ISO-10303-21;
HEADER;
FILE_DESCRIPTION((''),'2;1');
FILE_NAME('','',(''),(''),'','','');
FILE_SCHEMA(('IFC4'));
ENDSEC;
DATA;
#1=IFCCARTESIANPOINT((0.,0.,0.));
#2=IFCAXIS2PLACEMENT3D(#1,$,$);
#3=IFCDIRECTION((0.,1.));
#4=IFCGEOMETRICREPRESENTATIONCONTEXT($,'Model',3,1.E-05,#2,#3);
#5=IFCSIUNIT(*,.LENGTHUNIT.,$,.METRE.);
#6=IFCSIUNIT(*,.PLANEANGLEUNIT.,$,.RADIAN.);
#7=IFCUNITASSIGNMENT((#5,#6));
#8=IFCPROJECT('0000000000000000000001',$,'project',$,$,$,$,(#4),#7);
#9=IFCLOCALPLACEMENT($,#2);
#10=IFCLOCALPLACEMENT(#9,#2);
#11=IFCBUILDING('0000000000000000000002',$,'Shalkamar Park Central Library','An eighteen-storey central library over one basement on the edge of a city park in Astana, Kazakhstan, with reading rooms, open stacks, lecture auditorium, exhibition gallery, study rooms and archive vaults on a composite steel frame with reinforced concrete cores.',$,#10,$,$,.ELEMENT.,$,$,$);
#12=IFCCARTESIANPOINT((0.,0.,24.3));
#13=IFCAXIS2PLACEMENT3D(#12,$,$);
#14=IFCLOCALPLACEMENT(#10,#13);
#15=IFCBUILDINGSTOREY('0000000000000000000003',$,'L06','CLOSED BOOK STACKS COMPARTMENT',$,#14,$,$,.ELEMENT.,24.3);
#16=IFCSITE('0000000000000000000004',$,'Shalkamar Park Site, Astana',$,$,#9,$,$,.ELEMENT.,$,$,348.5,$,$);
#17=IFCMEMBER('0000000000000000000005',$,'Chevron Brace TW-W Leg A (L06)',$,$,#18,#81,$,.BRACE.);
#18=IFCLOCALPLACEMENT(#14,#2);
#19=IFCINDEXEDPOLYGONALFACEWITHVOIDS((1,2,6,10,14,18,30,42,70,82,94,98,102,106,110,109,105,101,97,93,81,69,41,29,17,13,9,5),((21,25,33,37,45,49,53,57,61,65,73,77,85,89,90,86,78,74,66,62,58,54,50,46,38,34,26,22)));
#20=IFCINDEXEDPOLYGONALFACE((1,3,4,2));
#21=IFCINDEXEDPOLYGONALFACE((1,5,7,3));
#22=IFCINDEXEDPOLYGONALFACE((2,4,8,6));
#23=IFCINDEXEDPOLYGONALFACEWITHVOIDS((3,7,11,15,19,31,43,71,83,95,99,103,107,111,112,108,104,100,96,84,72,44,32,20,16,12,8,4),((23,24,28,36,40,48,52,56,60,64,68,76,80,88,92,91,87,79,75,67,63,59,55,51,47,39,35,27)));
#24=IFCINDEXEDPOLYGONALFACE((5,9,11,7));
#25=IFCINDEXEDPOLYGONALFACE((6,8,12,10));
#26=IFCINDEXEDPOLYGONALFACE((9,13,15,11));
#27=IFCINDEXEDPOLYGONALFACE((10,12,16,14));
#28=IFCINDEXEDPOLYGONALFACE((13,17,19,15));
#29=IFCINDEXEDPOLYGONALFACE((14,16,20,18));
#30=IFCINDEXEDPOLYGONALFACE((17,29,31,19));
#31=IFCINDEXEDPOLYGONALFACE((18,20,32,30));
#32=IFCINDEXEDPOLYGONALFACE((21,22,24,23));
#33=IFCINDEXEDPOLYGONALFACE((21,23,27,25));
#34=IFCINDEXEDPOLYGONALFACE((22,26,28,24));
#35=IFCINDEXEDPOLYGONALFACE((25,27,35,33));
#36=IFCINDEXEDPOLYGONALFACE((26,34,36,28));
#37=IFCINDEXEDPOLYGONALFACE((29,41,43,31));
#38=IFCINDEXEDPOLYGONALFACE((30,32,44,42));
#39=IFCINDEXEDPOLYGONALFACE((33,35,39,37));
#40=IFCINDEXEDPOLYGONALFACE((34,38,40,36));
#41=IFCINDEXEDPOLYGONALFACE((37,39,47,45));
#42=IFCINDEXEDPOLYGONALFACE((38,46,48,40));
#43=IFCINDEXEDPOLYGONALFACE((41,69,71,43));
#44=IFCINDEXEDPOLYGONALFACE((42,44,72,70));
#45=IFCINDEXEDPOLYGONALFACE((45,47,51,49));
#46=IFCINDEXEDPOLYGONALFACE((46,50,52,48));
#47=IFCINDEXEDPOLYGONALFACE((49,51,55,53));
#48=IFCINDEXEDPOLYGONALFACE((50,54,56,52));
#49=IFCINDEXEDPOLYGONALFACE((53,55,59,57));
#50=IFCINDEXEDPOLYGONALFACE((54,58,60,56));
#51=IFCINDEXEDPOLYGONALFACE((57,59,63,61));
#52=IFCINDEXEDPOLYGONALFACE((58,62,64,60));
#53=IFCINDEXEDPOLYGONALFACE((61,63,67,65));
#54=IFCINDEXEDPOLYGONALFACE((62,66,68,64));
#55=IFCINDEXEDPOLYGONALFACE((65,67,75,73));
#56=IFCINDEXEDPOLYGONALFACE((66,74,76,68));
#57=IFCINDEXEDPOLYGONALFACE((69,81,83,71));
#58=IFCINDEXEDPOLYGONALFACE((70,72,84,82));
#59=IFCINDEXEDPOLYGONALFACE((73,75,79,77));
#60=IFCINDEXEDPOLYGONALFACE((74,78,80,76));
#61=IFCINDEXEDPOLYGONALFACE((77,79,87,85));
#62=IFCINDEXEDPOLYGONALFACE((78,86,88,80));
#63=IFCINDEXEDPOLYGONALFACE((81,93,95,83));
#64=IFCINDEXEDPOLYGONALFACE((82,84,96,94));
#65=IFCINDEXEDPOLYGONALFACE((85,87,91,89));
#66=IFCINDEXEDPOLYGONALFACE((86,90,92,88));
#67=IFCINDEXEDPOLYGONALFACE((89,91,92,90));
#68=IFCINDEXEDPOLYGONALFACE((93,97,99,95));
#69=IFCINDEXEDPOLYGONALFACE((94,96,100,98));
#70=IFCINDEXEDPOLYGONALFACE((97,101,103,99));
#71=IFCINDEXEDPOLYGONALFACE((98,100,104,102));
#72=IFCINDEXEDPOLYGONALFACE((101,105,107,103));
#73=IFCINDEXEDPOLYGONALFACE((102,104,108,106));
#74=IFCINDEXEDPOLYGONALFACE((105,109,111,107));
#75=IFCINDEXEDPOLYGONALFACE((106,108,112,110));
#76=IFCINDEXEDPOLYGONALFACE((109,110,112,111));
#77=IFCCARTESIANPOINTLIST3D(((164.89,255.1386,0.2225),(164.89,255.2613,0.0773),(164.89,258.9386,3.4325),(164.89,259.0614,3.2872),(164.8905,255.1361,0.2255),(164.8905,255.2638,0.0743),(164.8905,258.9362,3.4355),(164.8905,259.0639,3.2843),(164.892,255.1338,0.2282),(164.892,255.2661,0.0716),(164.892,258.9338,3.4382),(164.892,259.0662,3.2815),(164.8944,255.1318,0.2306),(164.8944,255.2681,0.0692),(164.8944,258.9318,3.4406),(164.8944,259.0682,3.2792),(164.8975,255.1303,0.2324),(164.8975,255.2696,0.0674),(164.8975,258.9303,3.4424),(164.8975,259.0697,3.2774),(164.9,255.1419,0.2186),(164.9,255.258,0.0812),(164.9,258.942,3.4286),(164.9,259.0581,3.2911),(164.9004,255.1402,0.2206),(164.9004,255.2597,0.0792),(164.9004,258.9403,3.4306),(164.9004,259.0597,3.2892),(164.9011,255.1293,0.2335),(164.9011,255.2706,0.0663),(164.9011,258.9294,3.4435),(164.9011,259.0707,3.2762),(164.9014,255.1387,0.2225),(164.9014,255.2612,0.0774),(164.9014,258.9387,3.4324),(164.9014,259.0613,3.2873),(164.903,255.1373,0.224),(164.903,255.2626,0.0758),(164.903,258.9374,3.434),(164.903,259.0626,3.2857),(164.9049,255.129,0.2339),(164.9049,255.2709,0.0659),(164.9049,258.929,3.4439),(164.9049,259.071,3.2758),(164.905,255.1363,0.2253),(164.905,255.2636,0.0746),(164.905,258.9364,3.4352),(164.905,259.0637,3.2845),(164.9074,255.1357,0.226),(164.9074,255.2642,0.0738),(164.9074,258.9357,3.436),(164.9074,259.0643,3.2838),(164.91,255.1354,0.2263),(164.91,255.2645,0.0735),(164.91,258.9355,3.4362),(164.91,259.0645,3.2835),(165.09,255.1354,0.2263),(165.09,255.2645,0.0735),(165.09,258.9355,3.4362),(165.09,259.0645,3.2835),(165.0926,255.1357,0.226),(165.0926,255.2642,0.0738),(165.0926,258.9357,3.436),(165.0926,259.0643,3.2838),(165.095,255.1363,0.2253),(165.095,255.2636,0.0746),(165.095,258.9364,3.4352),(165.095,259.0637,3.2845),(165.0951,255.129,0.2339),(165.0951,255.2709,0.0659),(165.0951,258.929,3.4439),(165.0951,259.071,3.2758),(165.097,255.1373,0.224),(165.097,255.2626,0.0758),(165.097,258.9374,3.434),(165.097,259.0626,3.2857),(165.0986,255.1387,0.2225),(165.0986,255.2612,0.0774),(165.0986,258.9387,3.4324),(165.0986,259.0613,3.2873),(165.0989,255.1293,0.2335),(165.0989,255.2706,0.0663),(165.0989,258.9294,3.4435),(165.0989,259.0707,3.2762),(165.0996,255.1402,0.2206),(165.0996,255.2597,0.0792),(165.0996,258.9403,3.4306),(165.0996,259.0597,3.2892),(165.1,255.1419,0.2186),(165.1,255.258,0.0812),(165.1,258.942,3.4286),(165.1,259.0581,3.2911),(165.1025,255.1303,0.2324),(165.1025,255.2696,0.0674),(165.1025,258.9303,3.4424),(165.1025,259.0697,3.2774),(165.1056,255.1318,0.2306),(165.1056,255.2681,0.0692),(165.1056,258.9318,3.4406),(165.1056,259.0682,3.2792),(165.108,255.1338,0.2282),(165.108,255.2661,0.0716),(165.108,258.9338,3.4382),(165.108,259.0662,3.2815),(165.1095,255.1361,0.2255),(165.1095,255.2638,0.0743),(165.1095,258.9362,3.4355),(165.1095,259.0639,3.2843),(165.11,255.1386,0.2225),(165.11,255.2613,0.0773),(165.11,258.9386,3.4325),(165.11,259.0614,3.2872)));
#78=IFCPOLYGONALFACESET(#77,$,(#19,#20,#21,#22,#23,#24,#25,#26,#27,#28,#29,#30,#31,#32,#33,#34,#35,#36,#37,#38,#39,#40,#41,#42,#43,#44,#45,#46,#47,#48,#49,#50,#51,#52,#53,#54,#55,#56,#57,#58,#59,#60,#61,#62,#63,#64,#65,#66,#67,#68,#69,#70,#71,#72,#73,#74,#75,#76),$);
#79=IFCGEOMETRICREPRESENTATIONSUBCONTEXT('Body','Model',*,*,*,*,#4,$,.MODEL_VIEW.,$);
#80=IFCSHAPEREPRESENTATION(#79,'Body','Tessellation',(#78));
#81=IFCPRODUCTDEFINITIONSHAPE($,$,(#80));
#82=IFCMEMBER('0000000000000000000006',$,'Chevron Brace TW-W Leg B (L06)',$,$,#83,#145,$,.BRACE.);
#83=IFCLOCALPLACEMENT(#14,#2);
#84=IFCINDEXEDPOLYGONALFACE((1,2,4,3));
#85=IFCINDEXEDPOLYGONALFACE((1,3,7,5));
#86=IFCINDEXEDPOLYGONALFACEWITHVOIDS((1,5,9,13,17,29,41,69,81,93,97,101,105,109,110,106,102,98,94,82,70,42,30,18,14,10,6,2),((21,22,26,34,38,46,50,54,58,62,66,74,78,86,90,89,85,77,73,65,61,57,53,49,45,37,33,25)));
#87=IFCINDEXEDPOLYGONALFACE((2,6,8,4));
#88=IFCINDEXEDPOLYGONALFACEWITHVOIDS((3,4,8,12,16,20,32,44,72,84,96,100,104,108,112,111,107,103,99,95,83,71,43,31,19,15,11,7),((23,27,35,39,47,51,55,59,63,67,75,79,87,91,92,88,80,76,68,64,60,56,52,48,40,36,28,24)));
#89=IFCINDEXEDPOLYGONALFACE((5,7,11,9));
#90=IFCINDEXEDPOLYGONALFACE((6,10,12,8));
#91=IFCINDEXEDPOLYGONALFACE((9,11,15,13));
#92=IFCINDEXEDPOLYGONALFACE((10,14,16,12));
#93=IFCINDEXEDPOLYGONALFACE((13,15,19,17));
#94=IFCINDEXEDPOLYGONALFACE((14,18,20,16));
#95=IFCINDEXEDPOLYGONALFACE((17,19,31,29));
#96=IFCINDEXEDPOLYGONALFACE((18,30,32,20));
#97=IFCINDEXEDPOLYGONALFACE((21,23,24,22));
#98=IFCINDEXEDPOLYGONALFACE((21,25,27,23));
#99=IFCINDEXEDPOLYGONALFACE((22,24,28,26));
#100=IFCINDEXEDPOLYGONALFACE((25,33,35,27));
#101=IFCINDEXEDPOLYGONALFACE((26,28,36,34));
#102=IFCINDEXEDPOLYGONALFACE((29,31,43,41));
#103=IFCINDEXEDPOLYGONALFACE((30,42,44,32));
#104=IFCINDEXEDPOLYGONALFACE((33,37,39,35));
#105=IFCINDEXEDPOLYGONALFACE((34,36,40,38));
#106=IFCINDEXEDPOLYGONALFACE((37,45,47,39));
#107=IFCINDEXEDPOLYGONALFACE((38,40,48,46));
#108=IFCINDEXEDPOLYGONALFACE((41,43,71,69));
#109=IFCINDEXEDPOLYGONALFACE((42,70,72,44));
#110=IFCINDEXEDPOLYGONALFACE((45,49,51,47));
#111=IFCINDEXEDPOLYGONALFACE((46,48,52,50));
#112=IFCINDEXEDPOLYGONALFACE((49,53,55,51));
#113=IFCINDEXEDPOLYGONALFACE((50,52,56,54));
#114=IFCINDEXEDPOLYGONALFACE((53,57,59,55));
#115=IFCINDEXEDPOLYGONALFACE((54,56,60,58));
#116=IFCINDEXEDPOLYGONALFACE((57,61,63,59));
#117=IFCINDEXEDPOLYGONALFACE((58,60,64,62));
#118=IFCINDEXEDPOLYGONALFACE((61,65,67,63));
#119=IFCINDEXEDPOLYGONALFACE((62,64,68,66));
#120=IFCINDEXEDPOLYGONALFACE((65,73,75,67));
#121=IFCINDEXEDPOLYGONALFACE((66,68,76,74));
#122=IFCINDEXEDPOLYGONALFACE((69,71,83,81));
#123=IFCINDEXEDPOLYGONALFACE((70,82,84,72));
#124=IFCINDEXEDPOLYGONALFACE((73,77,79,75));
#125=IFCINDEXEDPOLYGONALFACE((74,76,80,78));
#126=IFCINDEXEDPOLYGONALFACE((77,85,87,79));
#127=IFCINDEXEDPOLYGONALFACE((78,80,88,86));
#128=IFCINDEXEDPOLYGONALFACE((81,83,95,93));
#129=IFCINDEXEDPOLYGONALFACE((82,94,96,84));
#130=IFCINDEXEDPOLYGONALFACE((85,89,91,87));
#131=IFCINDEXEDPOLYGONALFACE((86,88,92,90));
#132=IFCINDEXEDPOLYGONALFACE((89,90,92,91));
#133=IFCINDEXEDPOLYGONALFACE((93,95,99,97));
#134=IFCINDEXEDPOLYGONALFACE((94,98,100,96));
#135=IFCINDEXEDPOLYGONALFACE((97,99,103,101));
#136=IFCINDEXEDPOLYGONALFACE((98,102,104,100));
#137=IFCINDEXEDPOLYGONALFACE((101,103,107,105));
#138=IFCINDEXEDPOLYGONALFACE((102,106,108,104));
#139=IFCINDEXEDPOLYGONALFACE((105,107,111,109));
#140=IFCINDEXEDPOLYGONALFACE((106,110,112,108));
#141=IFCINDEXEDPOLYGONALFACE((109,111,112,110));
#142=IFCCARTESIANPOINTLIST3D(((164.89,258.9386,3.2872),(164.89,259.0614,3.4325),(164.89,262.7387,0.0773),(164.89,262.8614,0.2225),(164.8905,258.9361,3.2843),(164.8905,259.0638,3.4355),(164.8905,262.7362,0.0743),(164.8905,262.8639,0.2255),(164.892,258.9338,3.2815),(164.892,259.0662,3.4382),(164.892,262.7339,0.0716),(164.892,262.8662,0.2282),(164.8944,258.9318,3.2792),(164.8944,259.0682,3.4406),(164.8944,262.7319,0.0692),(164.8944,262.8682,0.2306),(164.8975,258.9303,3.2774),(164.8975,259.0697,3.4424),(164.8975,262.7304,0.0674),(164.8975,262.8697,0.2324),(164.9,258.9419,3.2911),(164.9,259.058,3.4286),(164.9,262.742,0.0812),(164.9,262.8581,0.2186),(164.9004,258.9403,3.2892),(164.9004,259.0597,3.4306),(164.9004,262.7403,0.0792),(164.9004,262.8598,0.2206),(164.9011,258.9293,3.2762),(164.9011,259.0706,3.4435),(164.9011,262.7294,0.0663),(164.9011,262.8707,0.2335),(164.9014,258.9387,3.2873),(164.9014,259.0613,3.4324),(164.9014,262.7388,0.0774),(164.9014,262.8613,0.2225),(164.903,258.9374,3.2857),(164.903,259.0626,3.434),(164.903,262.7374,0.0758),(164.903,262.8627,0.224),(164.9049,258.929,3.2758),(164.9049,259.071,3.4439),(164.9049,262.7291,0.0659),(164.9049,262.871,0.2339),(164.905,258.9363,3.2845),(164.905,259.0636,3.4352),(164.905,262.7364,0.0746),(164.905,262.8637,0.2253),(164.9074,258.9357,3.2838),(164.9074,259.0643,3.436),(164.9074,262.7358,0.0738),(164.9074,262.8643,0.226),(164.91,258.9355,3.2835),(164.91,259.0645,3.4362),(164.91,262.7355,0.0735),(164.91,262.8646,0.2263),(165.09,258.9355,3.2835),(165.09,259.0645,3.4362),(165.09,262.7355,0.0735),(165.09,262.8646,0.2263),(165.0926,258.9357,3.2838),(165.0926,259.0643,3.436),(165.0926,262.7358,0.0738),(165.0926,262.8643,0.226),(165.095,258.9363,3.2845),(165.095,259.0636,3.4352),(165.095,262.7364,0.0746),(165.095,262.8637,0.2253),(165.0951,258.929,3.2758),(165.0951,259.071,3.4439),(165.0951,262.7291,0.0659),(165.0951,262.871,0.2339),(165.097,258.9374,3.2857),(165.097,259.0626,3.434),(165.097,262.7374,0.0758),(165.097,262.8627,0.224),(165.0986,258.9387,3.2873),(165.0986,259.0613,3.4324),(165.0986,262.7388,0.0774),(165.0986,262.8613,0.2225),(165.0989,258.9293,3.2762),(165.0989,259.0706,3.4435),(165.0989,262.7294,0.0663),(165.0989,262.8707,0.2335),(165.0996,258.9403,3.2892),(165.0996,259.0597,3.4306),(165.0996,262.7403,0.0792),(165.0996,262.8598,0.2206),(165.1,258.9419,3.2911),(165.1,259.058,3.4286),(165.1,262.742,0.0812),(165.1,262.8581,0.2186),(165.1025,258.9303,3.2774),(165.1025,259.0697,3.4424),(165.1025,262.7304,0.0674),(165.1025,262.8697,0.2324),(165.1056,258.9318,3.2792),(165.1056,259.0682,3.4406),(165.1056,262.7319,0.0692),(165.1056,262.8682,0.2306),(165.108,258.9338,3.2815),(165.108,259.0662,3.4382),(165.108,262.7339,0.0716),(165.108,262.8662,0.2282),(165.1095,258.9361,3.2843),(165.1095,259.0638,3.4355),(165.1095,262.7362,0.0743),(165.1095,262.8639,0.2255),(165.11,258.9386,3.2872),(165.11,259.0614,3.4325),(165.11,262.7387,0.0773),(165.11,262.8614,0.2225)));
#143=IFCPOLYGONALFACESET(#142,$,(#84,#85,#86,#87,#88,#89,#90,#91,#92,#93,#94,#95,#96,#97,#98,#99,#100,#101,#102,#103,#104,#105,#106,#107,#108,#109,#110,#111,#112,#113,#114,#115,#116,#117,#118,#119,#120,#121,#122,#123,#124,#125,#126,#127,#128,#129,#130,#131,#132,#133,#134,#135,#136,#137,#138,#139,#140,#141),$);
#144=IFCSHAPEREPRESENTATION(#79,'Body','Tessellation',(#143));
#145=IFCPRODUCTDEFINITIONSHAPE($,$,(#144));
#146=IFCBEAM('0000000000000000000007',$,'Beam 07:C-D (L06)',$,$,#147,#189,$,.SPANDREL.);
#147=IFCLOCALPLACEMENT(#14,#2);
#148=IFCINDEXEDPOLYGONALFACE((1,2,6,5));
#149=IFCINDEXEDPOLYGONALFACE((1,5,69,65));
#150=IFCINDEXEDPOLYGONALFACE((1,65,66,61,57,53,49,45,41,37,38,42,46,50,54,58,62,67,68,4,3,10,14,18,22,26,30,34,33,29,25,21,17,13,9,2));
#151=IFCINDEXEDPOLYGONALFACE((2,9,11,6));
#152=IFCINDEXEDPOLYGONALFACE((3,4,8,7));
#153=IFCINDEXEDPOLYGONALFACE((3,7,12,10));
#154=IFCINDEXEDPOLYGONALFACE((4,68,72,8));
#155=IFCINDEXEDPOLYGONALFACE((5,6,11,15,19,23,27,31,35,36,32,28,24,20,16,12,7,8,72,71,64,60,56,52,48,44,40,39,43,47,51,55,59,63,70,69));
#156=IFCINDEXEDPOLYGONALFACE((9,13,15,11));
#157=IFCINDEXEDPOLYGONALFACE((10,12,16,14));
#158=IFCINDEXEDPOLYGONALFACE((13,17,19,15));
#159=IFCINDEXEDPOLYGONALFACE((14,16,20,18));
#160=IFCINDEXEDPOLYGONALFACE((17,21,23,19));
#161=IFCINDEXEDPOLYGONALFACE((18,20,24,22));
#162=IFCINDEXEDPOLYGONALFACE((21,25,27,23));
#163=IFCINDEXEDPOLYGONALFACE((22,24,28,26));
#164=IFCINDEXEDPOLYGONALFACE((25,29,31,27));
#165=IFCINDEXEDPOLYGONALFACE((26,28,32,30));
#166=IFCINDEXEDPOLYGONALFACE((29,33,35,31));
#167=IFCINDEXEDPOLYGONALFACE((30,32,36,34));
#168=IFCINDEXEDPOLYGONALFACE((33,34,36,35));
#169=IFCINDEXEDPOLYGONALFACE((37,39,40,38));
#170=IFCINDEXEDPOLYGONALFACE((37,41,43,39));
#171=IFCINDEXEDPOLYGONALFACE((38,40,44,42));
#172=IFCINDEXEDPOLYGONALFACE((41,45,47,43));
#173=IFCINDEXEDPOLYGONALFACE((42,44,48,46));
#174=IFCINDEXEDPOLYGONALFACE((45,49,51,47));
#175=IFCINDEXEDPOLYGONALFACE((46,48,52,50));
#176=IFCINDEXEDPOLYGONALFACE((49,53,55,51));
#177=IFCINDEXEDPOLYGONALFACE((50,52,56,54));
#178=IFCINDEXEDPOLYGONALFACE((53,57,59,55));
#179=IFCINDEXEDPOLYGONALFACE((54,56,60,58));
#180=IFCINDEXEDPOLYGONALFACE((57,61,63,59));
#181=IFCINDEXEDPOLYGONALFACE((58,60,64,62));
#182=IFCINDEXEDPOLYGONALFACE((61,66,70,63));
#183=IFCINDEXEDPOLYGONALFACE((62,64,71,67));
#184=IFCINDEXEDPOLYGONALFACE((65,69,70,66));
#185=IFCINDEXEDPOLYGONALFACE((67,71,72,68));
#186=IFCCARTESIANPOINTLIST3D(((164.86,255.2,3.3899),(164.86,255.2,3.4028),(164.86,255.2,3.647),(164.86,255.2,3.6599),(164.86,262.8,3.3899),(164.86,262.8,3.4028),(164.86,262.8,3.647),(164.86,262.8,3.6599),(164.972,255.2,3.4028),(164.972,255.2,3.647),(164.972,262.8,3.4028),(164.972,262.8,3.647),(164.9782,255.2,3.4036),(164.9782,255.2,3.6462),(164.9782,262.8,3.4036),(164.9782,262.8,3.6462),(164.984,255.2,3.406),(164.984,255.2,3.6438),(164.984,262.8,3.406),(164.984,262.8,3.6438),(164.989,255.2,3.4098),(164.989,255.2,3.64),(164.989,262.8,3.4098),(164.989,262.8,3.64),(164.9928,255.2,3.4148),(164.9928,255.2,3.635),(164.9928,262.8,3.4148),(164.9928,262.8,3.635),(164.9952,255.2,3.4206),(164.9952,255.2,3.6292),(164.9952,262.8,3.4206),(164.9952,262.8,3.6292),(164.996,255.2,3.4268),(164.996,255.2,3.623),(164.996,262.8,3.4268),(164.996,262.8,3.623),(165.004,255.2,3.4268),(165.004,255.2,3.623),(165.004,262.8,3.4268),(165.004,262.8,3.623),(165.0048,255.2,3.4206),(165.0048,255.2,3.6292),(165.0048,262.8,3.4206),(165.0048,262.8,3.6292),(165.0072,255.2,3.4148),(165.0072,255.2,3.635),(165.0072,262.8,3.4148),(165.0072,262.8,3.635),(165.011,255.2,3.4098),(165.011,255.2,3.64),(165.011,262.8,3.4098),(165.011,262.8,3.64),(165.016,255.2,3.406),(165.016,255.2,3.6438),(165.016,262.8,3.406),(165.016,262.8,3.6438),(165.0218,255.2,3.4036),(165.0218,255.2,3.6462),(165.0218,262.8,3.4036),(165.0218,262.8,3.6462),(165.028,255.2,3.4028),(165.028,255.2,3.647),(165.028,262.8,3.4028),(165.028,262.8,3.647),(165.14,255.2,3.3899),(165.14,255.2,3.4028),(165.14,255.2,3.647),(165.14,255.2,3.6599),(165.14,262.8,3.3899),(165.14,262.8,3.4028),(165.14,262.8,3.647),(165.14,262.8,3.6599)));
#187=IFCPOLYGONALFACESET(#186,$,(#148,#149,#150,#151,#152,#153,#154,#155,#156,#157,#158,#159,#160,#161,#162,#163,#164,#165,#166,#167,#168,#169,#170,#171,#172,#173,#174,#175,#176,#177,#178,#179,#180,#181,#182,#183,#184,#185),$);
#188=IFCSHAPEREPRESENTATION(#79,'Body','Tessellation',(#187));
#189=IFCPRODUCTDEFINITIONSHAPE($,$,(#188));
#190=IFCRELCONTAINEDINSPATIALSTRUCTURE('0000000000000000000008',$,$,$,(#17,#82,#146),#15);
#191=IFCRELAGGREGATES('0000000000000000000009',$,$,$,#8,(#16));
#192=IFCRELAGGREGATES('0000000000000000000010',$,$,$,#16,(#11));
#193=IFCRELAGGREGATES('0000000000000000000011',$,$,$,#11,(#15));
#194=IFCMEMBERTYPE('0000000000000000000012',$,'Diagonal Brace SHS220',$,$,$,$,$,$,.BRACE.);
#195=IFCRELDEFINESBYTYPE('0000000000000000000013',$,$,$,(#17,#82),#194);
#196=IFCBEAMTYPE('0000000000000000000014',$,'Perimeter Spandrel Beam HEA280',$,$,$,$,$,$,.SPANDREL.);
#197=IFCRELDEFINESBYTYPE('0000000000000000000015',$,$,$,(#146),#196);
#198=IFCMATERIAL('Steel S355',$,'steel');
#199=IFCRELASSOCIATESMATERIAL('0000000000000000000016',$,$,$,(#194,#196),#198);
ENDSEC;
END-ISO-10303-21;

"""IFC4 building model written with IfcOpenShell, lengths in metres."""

from ifc_helpers import new_model, si_unit, direction, frame, origin, origin_2d, place, context, subcontext, project, spatial, hollow_rectangle, i_section, extrude, material, material_profile, profile_set, type_object, element, save


model = new_model("IFC4")

# Units and contexts
model_context = context("Model", 3, precision=1e-05, world=origin(), true_north=direction((0.0, 1.0)))
body_context = subcontext(model_context, "Body", "Model", "MODEL_VIEW")
ifc_project = project(units=[si_unit("LENGTHUNIT", "METRE"), si_unit("PLANEANGLEUNIT", "RADIAN")], contexts=[model_context])

# Site, building, storey
site_placement = place(None, origin())
site = spatial("IfcSite", under=ifc_project, at=site_placement, Name="Shalkamar Park Site, Astana", CompositionType="ELEMENT", RefElevation=348.5)
building_placement = place(site_placement, origin())
building = spatial("IfcBuilding", under=site, at=building_placement, Name="Shalkamar Park Central Library", Description="An eighteen-storey central library over one basement on the edge of a city park in Astana, Kazakhstan, with reading rooms, open stacks, lecture auditorium, exhibition gallery, study rooms and archive vaults on a composite steel frame with reinforced concrete cores.", CompositionType="ELEMENT")
storey_placement = place(building_placement, frame((0.0, 0.0, 24.3)))
storey = spatial("IfcBuildingStorey", under=building, at=storey_placement, Name="L06", Description="CLOSED BOOK STACKS COMPARTMENT", CompositionType="ELEMENT", Elevation=24.3)

# Shared definitions
ifc_material_1 = material(Name="Steel S355", Category="steel")

# Members
ifc_material_profile_1 = material_profile(ifc_material_1, hollow_rectangle(XDim=0.22, YDim=0.22, WallThickness=0.01, InnerFilletRadius=0.01, OuterFilletRadius=0.0149, at=origin_2d()), Name="SHS 220x220x10")
ifc_profile_set_1 = profile_set([ifc_material_profile_1], Name="Steel S355")
member_type = type_object("IfcMemberType", Name="Diagonal Brace SHS220", PredefinedType="BRACE", material=ifc_profile_set_1)
for number, where, z_axis, x_axis, name in (
    (1, (165.0, 255.2, 0.1499), (0.0, 0.763928, 0.645302), (-1.0, 0.0, 0.0), "Chevron Brace TW-W Leg A (L06)"),
    (2, (165.0, 262.8, 0.1499), (0.0, -0.763928, 0.645302), (1.0, 0.0, 0.0), "Chevron Brace TW-W Leg B (L06)"),
):
    element("IfcMember", number, at=place(storey_placement, frame(where, z_axis=z_axis, x_axis=x_axis)), inside=storey, type_object=member_type, Name=name, PredefinedType="BRACE", context=body_context, shape_type="SweptSolid", body=[
        extrude(hollow_rectangle(XDim=0.22, YDim=0.22, WallThickness=0.01, InnerFilletRadius=0.01, OuterFilletRadius=0.0149, at=origin_2d()), origin(), (0.0, 0.0, 1.0), 4.9744),
    ])

# Beam
ifc_material_profile_2 = material_profile(ifc_material_1, i_section(OverallWidth=0.28, OverallDepth=0.27, WebThickness=0.0081, FlangeThickness=0.0129, FilletRadius=0.0239, at=origin_2d()), Name="HEA 280")
ifc_profile_set_2 = profile_set([ifc_material_profile_2], Name="Steel S355")
beam_type_1 = type_object("IfcBeamType", Name="Perimeter Spandrel Beam HEA280", PredefinedType="SPANDREL", material=ifc_profile_set_2)
beam_1_placement = place(storey_placement, frame((165.0, 255.2, 3.5249), z_axis=(0.0, 1.0, 0.0), x_axis=(-1.0, 0.0, 0.0)))
element("IfcBeam", 3, at=beam_1_placement, inside=storey, type_object=beam_type_1, Name="Beam 07:C-D (L06)", PredefinedType="SPANDREL", context=body_context, shape_type="SweptSolid", body=[
    extrude(i_section(OverallWidth=0.28, OverallDepth=0.27, WebThickness=0.0081, FlangeThickness=0.0129, FilletRadius=0.0239, at=origin_2d()), origin(), (0.0, 0.0, 1.0), 7.6001),
])

save(model, "model.ifc")
